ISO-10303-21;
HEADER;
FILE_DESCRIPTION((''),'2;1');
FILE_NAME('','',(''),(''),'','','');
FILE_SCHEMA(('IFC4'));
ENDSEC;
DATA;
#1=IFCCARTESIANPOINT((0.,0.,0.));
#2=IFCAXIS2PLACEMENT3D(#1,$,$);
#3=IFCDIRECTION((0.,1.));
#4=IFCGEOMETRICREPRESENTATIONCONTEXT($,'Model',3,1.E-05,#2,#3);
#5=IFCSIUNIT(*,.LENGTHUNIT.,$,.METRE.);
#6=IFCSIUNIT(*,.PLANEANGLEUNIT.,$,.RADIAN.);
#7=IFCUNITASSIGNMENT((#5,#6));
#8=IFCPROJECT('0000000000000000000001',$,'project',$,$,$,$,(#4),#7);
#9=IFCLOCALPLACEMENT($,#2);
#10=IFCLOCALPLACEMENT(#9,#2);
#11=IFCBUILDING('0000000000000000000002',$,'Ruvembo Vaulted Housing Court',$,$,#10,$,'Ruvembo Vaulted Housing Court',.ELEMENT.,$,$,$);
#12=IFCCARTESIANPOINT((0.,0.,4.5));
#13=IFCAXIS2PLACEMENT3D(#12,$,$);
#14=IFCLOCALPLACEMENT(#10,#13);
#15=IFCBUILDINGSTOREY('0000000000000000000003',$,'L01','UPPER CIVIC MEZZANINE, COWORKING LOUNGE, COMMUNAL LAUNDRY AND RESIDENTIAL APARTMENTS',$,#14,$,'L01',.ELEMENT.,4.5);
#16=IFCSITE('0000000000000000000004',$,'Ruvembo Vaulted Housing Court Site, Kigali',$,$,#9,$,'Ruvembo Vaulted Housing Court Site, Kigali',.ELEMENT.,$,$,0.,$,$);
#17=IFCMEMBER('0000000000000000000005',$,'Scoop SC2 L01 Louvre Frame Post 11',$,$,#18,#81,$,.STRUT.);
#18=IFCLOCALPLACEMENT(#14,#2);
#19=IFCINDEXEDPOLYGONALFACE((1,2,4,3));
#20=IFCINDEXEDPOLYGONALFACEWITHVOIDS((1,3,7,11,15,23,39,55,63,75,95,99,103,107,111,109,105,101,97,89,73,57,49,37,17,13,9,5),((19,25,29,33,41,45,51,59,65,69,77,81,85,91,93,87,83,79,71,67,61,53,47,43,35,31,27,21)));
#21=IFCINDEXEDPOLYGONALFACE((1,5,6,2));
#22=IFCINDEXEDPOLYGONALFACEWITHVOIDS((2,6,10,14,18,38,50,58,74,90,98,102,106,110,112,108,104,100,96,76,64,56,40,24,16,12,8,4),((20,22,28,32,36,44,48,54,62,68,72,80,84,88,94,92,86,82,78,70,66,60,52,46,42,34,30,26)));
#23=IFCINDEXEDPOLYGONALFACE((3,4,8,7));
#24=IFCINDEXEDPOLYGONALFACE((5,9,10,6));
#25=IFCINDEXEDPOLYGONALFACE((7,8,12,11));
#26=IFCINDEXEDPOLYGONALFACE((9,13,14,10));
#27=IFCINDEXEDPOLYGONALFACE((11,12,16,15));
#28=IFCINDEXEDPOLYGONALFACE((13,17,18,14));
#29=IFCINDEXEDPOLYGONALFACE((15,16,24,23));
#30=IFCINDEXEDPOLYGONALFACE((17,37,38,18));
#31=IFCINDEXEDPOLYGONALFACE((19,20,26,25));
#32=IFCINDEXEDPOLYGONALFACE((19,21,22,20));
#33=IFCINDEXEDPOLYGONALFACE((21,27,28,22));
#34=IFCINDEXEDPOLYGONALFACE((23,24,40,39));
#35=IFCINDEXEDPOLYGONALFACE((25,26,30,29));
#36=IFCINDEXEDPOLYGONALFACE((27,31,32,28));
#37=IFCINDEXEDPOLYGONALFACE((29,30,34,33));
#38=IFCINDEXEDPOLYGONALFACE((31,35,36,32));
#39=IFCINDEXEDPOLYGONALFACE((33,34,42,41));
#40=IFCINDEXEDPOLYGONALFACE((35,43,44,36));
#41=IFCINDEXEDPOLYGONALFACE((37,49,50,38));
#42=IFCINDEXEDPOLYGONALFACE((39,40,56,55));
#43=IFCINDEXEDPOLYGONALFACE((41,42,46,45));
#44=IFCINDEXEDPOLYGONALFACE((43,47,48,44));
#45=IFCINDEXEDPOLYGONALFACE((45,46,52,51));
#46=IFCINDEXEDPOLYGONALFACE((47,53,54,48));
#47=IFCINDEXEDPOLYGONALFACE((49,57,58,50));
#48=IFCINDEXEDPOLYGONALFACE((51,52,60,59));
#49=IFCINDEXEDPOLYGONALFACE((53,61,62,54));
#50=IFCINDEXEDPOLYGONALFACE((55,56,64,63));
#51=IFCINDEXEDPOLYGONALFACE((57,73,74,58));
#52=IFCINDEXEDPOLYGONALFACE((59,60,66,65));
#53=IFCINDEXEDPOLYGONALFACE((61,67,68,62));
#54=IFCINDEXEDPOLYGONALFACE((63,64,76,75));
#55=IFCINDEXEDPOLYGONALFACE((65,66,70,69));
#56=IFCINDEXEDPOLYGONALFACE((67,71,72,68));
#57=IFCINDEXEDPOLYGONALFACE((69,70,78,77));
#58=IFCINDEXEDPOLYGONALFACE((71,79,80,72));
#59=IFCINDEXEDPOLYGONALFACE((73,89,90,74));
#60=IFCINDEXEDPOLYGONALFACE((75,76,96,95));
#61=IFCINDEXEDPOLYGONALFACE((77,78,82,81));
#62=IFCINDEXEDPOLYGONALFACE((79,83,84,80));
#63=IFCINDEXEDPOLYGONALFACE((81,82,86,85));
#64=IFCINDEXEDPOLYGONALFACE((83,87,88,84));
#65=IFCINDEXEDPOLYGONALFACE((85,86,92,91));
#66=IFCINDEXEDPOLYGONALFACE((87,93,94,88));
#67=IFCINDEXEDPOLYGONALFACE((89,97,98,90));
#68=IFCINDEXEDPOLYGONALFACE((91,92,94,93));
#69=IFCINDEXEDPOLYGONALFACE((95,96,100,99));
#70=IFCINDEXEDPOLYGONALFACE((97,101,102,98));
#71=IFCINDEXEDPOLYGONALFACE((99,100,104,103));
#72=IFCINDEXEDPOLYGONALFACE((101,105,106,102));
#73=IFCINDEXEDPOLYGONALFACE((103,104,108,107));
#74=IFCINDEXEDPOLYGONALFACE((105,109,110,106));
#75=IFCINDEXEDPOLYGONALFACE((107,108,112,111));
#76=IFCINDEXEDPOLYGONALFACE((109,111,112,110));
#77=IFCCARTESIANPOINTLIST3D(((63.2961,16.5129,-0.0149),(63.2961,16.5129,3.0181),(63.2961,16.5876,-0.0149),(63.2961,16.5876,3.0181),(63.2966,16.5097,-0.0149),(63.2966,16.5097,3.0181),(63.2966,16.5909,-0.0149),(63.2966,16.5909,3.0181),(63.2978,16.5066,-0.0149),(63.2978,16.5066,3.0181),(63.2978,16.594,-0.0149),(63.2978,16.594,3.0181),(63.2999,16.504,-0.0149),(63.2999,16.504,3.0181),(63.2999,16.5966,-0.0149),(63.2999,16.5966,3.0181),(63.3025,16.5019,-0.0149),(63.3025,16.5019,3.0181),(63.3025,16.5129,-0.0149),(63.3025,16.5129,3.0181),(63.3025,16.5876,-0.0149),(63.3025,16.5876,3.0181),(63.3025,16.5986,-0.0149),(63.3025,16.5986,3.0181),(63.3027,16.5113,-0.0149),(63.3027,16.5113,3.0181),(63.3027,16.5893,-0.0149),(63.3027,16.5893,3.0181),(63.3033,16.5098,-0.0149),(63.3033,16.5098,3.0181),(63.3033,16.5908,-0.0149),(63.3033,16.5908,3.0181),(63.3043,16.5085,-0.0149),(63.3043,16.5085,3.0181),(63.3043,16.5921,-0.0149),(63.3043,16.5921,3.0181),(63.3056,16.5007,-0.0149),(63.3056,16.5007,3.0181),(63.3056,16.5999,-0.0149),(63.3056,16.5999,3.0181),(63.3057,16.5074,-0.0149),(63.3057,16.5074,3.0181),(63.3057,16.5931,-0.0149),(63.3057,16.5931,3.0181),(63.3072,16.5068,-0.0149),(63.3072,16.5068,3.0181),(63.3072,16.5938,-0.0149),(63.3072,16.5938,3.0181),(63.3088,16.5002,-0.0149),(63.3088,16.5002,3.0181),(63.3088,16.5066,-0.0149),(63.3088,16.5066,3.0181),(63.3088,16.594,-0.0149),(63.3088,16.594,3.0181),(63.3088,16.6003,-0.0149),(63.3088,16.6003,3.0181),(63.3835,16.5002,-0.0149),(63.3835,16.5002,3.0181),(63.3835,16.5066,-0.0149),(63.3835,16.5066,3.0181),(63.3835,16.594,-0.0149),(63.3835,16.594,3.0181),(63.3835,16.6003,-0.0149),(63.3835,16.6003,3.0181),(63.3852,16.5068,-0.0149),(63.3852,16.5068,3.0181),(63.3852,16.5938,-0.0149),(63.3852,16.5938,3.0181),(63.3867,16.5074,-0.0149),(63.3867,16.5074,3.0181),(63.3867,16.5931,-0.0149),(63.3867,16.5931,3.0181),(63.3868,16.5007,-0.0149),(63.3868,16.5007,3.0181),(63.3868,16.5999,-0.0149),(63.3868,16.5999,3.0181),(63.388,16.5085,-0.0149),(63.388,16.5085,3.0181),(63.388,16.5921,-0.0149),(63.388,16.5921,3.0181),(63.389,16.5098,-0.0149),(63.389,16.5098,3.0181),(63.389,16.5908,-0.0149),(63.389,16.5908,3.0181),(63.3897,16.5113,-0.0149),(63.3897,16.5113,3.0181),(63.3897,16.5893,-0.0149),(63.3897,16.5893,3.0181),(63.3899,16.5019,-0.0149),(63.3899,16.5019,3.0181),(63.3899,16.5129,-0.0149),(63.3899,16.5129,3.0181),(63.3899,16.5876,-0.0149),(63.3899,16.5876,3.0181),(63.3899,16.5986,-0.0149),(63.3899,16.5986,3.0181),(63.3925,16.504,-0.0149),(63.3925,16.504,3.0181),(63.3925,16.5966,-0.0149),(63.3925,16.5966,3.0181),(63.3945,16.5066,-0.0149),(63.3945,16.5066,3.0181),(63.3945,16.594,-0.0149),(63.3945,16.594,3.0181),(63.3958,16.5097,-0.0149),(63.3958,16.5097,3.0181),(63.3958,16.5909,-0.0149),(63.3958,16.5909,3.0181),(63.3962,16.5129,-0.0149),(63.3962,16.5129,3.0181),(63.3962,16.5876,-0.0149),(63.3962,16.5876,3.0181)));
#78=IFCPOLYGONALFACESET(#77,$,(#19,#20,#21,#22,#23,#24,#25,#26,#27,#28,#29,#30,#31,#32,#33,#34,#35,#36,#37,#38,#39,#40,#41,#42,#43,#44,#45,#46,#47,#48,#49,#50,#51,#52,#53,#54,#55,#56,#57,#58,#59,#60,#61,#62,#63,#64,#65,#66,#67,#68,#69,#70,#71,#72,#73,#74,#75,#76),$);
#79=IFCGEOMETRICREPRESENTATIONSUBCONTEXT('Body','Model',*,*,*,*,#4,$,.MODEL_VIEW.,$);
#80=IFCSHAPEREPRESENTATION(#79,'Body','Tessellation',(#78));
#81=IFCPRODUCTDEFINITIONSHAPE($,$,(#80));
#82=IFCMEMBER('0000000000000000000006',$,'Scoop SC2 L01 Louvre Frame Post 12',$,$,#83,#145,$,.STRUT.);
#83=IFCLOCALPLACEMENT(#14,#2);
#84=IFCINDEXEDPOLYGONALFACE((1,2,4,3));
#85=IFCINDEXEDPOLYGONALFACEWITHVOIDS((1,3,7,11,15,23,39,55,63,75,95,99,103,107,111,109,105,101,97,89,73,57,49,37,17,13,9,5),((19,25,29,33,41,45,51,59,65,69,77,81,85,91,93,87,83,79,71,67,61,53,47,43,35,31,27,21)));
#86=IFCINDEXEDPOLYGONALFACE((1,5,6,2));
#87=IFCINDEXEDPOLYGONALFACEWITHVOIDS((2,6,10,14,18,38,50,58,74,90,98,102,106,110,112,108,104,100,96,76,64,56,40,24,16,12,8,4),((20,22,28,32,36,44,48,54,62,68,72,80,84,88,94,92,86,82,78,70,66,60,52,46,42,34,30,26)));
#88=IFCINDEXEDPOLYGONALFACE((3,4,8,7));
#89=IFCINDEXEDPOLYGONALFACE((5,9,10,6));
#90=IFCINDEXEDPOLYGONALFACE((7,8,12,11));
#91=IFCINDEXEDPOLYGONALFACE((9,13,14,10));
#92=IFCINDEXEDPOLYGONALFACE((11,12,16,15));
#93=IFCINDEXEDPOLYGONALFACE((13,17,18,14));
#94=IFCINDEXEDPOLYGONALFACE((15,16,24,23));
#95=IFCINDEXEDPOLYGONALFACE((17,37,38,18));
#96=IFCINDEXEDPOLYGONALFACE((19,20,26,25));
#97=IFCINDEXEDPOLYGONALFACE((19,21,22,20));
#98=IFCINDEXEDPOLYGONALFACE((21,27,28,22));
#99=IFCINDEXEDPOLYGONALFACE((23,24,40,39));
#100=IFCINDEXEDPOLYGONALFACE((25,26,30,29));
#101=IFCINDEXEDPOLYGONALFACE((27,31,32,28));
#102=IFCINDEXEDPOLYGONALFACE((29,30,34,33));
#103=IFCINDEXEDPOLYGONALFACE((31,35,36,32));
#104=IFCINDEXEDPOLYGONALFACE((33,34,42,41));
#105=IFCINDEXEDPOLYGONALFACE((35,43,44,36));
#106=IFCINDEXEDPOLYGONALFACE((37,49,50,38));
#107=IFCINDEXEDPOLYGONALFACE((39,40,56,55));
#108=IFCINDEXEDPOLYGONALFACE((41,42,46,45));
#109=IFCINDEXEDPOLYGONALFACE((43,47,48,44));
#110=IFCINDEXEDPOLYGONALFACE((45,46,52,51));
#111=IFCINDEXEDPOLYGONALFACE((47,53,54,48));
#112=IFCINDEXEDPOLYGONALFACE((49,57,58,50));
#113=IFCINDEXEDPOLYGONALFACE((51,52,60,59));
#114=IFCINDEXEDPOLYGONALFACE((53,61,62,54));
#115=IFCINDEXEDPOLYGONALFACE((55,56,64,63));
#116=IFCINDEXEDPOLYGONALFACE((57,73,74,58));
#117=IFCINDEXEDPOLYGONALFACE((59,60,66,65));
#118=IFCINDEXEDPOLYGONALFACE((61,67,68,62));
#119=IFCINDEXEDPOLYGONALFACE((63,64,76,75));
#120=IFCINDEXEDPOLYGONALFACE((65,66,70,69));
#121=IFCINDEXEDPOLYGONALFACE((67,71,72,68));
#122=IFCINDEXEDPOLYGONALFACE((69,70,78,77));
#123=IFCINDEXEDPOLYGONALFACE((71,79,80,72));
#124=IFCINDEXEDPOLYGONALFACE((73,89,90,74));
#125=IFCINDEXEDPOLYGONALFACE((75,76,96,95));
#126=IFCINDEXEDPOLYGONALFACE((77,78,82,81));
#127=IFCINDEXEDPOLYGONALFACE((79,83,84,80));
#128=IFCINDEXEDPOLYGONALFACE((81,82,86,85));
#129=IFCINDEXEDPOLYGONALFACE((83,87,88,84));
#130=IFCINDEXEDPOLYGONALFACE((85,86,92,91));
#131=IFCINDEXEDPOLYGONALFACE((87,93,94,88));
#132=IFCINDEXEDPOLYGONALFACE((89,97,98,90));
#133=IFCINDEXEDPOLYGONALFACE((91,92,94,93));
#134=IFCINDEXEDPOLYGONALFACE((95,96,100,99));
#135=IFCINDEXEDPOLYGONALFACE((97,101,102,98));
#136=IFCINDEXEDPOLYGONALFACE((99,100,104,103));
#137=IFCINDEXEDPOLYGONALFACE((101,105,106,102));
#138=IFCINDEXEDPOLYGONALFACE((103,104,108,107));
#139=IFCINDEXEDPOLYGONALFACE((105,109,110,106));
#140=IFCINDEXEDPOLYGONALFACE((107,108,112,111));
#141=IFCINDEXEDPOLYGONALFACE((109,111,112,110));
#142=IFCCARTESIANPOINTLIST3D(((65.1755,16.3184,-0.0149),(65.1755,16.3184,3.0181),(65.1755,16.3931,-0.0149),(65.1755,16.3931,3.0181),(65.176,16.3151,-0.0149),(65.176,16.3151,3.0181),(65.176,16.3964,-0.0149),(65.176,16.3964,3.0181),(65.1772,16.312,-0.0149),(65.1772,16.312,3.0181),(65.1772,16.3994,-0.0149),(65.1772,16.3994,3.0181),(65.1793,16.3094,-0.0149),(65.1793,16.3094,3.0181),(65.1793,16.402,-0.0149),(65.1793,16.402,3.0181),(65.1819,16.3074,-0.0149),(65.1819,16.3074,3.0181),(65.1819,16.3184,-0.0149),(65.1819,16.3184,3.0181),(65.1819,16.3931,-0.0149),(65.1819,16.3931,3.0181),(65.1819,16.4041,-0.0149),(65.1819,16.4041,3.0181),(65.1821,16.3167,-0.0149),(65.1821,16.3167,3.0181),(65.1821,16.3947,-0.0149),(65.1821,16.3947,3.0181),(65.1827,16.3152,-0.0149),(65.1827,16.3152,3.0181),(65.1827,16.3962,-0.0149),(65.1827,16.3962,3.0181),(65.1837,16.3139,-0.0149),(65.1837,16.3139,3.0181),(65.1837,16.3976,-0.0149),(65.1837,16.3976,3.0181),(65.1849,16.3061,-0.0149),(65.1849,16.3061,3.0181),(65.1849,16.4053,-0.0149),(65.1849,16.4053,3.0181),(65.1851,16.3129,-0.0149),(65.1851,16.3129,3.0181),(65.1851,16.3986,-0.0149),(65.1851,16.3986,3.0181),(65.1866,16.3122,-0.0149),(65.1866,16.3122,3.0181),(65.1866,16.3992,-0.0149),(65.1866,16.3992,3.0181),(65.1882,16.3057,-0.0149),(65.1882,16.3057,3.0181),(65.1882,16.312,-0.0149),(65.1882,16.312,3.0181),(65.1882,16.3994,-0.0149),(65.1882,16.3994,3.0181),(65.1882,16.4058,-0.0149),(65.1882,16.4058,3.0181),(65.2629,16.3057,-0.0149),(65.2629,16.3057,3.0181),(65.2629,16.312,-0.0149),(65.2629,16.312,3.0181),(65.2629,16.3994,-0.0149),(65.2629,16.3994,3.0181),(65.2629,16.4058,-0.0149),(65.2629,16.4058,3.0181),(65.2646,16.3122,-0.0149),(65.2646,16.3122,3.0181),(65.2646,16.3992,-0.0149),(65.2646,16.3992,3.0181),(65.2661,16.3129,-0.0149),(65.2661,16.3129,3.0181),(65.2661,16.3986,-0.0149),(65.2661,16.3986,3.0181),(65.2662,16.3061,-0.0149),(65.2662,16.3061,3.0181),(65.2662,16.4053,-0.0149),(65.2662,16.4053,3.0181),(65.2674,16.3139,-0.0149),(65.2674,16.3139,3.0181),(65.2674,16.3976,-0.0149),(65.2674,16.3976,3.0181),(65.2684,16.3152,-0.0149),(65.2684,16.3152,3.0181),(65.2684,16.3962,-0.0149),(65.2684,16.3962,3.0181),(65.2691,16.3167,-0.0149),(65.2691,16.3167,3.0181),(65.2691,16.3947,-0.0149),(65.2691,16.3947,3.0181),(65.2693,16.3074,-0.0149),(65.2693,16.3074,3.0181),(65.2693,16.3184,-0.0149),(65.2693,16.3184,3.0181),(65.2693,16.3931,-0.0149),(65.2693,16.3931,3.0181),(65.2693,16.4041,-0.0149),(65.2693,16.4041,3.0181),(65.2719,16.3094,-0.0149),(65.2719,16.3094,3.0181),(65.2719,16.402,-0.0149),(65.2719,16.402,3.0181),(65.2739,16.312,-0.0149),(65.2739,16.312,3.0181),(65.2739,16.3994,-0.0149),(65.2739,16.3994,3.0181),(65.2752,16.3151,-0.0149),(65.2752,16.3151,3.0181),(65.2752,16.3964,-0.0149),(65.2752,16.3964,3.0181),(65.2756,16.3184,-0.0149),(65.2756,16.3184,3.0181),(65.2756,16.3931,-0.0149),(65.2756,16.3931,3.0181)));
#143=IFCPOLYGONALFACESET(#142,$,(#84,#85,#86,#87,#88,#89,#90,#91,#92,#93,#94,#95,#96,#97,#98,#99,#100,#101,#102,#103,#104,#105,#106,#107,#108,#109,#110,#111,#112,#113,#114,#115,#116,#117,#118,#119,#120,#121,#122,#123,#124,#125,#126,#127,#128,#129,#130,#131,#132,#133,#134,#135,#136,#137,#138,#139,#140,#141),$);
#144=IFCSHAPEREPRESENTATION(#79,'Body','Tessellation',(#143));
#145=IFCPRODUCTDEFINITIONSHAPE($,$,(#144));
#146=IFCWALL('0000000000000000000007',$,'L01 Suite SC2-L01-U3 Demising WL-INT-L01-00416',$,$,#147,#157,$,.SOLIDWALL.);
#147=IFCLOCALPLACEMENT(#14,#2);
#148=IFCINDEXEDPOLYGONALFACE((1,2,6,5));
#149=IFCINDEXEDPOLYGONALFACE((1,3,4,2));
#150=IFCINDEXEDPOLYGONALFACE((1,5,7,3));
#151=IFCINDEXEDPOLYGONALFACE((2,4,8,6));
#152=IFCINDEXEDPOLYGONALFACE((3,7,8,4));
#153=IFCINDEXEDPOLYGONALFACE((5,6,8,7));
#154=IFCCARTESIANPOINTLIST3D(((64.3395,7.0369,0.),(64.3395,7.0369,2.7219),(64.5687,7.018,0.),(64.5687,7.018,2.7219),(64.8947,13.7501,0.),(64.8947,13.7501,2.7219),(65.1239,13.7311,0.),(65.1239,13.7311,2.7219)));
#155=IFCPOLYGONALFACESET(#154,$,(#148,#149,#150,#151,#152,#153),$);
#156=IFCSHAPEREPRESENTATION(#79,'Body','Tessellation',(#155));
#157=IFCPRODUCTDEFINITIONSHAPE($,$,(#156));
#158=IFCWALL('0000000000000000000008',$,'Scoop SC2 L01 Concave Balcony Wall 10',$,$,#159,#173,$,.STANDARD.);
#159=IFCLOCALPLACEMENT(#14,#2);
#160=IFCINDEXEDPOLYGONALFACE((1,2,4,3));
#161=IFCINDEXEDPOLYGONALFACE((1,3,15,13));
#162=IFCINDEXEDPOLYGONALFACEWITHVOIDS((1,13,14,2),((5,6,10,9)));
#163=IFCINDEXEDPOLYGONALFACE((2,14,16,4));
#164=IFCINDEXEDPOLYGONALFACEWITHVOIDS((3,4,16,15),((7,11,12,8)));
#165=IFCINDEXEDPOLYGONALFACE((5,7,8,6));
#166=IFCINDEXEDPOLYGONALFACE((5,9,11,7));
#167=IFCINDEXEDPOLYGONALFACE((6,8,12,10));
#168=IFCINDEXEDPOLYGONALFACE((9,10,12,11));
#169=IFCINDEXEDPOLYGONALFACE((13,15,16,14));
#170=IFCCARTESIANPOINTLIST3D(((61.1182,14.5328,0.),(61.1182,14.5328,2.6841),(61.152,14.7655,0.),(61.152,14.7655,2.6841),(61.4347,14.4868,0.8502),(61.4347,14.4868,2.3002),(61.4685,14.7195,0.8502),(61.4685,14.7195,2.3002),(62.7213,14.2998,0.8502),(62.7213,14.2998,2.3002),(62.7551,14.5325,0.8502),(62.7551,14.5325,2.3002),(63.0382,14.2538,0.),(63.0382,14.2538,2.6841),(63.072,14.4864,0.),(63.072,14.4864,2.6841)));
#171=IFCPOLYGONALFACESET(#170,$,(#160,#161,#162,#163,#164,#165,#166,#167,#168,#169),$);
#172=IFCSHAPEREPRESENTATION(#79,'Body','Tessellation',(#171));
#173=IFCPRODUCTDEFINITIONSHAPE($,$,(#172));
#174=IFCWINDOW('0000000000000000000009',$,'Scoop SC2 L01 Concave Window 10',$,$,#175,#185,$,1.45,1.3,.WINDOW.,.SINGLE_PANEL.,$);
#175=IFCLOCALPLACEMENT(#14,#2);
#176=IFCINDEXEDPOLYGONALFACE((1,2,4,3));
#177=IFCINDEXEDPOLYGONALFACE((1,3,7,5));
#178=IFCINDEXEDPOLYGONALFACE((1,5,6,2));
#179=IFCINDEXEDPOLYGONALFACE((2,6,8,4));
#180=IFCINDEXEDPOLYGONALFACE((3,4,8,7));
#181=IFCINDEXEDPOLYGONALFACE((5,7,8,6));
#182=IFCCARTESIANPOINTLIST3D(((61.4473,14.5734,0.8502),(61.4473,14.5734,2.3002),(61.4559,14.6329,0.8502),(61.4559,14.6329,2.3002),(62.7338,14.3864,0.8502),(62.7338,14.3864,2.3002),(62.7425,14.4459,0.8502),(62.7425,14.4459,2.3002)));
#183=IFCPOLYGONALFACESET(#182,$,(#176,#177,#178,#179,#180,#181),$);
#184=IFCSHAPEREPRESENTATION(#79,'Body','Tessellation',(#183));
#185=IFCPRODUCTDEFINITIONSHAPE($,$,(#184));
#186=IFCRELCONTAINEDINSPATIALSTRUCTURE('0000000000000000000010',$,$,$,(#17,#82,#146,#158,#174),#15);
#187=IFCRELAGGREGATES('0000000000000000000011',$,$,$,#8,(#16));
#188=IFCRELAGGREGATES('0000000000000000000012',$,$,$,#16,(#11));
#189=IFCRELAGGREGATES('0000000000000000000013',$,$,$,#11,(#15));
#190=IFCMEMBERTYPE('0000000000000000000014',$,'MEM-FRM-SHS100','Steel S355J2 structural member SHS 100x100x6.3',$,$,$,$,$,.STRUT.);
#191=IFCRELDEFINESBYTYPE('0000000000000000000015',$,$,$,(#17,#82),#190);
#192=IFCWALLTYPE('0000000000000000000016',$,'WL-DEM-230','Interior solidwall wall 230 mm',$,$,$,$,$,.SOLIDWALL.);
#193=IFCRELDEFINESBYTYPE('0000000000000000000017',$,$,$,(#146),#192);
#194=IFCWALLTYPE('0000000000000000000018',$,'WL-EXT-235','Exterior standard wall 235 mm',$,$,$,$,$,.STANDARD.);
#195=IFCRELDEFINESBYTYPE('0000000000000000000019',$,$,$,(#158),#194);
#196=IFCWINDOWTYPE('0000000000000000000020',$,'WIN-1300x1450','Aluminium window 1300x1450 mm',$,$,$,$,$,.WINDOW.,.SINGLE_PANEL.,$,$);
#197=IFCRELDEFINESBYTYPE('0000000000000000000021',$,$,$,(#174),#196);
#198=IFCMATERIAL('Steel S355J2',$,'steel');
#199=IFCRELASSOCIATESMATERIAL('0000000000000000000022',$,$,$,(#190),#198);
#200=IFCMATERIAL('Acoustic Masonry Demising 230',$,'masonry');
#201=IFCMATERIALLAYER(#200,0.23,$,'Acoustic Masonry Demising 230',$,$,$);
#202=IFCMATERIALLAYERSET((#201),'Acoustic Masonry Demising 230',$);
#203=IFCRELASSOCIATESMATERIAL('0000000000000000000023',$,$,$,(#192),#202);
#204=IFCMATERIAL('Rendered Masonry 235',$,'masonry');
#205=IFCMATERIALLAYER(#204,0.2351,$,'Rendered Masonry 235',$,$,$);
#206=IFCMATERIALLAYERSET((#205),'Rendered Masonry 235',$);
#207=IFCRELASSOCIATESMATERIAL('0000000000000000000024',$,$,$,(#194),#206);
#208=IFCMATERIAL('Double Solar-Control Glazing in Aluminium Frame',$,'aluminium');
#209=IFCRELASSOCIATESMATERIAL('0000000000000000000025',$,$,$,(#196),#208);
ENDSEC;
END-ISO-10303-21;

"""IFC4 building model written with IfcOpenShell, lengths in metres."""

from ifc_helpers import new_model, si_unit, direction, frame, frame_2d, origin, origin_2d, place, context, subcontext, project, spatial, rectangle, hollow_rectangle, extrude, material, layer, layer_set, material_profile, profile_set, type_object, element, fill, save


model = new_model("IFC4")

# Units and contexts
model_context = context("Model", 3, precision=1e-05, world=origin(), true_north=direction((0.0, 1.0)))
body_context = subcontext(model_context, "Body", "Model", "MODEL_VIEW")
ifc_project = project(units=[si_unit("LENGTHUNIT", "METRE"), si_unit("PLANEANGLEUNIT", "RADIAN")], contexts=[model_context])

# Site, building, storey
site_placement = place(None, origin())
site = spatial("IfcSite", under=ifc_project, at=site_placement, Name="Ruvembo Vaulted Housing Court Site, Kigali", LongName="Ruvembo Vaulted Housing Court Site, Kigali", CompositionType="ELEMENT", RefElevation=0.0)
building_placement = place(site_placement, origin())
building = spatial("IfcBuilding", under=site, at=building_placement, Name="Ruvembo Vaulted Housing Court", LongName="Ruvembo Vaulted Housing Court", CompositionType="ELEMENT")
storey_placement = place(building_placement, frame((0.0, 0.0, 4.5)))
storey = spatial("IfcBuildingStorey", under=building, at=storey_placement, Name="L01", Description="UPPER CIVIC MEZZANINE, COWORKING LOUNGE, COMMUNAL LAUNDRY AND RESIDENTIAL APARTMENTS", LongName="L01", CompositionType="ELEMENT", Elevation=4.5)

# Shared definitions
ifc_material_1 = material(Name="Steel S355J2", Category="steel")

# Members
ifc_material_profile_1 = material_profile(ifc_material_1, hollow_rectangle(XDim=0.1001, YDim=0.1001, WallThickness=0.0063, InnerFilletRadius=0.0063, OuterFilletRadius=0.0127, at=origin_2d()), Name="SHS 100x100x6.3")
ifc_profile_set_1 = profile_set([ifc_material_profile_1], Name="Steel S355J2")
member_type_1 = type_object("IfcMemberType", Name="MEM-FRM-SHS100", Description="Steel S355J2 structural member SHS 100x100x6.3", PredefinedType="STRUT", material=ifc_profile_set_1)
for number, where, z_axis, x_axis, name in (
    (1, (63.3462, 16.5503, -0.0149), (0.0, 0.0, 1.0), (1.0, 0.0, 0.0), "Scoop SC2 L01 Louvre Frame Post 11"),
    (2, (65.2256, 16.3557, -0.0149), (0.0, 0.0, 1.0), (1.0, 0.0, 0.0), "Scoop SC2 L01 Louvre Frame Post 12"),
):
    element("IfcMember", number, at=place(storey_placement, frame(where, z_axis=z_axis, x_axis=x_axis)), inside=storey, type_object=member_type_1, Name=name, PredefinedType="STRUT", context=body_context, shape_type="SweptSolid", body=[
        extrude(hollow_rectangle(XDim=0.1001, YDim=0.1001, WallThickness=0.0063, InnerFilletRadius=0.0063, OuterFilletRadius=0.0127, at=origin_2d()), origin(), (0.0, 0.0, 1.0), 3.033),
    ])

# Wall
ifc_material_2 = material(Name="Acoustic Masonry Demising 230", Category="masonry")
ifc_layer_1 = layer(ifc_material_2, 0.23, Name="Acoustic Masonry Demising 230")
ifc_layer_set_1 = layer_set([ifc_layer_1], Name="Acoustic Masonry Demising 230")
wall_type_1 = type_object("IfcWallType", Name="WL-DEM-230", Description="Interior solidwall wall 230 mm", PredefinedType="SOLIDWALL", material=ifc_layer_set_1)
wall_1_placement = place(storey_placement, frame((65.0093, 13.7407, 0.0), z_axis=(0.0, 0.0, 1.0), x_axis=(-0.082419, -0.996598, 0.0)))
element("IfcWall", 3, at=wall_1_placement, inside=storey, type_object=wall_type_1, Name="L01 Suite SC2-L01-U3 Demising WL-INT-L01-00416", PredefinedType="SOLIDWALL", context=body_context, shape_type="SweptSolid", body=[
    extrude(rectangle(XDim=6.7361, YDim=0.23, at=frame_2d((3.3682, 0.0))), origin(), (0.0, 0.0, 1.0), 2.7219),
])

# Wall, opening, window
ifc_material_3 = material(Name="Rendered Masonry 235", Category="masonry")
ifc_layer_2 = layer(ifc_material_3, 0.2351, Name="Rendered Masonry 235")
ifc_layer_set_2 = layer_set([ifc_layer_2], Name="Rendered Masonry 235")
wall_type_2 = type_object("IfcWallType", Name="WL-EXT-235", Description="Exterior standard wall 235 mm", PredefinedType="STANDARD", material=ifc_layer_set_2)
wall_2_placement = place(storey_placement, frame((61.135, 14.6492, 0.0), z_axis=(0.0, 0.0, 1.0), x_axis=(0.989602, -0.143835, 0.0)))
wall_2 = element("IfcWall", 4, at=wall_2_placement, inside=storey, type_object=wall_type_2, Name="Scoop SC2 L01 Concave Balcony Wall 10", PredefinedType="STANDARD", context=body_context, shape_type="SweptSolid", body=[
    extrude(rectangle(XDim=1.9402, YDim=0.2351, at=frame_2d((0.9702, 0.0))), origin(), (0.0, 0.0, 1.0), 2.6841),
])
opening_1_placement = place(wall_2_placement, frame((0.3201, 0.0, 0.8501)))
opening_1 = element("IfcOpeningElement", 5, at=opening_1_placement, cuts=wall_2, PredefinedType="OPENING", context=body_context, shape_type="SweptSolid", body=[
    extrude(rectangle(XDim=1.3, YDim=1.45, at=frame_2d((0.6499, 0.7251))), frame((0.0, 0.1274, 0.0), z_axis=(0.0, -1.0, 0.0), x_axis=(1.0, 0.0, 0.0)), (0.0, 0.0, 1.0), 0.2551),
])
ifc_material_4 = material(Name="Double Solar-Control Glazing in Aluminium Frame", Category="aluminium")
window_type_1 = type_object("IfcWindowType", Name="WIN-1300x1450", Description="Aluminium window 1300x1450 mm", PartitioningType="SINGLE_PANEL", PredefinedType="WINDOW", material=ifc_material_4)
window_1_placement = place(opening_1_placement, origin())
window_1 = element("IfcWindow", 6, at=window_1_placement, inside=storey, type_object=window_type_1, Name="Scoop SC2 L01 Concave Window 10", OverallHeight=1.45, OverallWidth=1.3, PartitioningType="SINGLE_PANEL", PredefinedType="WINDOW", context=body_context, shape_type="SweptSolid", body=[
    extrude(rectangle(XDim=1.3, YDim=1.45, at=frame_2d((0.6499, 0.7251))), frame((0.0, 0.03, 0.0), z_axis=(0.0, -1.0, 0.0), x_axis=(1.0, 0.0, 0.0)), (0.0, 0.0, 1.0), 0.0601),
])
fill(opening_1, window_1)

save(model, "model.ifc")
